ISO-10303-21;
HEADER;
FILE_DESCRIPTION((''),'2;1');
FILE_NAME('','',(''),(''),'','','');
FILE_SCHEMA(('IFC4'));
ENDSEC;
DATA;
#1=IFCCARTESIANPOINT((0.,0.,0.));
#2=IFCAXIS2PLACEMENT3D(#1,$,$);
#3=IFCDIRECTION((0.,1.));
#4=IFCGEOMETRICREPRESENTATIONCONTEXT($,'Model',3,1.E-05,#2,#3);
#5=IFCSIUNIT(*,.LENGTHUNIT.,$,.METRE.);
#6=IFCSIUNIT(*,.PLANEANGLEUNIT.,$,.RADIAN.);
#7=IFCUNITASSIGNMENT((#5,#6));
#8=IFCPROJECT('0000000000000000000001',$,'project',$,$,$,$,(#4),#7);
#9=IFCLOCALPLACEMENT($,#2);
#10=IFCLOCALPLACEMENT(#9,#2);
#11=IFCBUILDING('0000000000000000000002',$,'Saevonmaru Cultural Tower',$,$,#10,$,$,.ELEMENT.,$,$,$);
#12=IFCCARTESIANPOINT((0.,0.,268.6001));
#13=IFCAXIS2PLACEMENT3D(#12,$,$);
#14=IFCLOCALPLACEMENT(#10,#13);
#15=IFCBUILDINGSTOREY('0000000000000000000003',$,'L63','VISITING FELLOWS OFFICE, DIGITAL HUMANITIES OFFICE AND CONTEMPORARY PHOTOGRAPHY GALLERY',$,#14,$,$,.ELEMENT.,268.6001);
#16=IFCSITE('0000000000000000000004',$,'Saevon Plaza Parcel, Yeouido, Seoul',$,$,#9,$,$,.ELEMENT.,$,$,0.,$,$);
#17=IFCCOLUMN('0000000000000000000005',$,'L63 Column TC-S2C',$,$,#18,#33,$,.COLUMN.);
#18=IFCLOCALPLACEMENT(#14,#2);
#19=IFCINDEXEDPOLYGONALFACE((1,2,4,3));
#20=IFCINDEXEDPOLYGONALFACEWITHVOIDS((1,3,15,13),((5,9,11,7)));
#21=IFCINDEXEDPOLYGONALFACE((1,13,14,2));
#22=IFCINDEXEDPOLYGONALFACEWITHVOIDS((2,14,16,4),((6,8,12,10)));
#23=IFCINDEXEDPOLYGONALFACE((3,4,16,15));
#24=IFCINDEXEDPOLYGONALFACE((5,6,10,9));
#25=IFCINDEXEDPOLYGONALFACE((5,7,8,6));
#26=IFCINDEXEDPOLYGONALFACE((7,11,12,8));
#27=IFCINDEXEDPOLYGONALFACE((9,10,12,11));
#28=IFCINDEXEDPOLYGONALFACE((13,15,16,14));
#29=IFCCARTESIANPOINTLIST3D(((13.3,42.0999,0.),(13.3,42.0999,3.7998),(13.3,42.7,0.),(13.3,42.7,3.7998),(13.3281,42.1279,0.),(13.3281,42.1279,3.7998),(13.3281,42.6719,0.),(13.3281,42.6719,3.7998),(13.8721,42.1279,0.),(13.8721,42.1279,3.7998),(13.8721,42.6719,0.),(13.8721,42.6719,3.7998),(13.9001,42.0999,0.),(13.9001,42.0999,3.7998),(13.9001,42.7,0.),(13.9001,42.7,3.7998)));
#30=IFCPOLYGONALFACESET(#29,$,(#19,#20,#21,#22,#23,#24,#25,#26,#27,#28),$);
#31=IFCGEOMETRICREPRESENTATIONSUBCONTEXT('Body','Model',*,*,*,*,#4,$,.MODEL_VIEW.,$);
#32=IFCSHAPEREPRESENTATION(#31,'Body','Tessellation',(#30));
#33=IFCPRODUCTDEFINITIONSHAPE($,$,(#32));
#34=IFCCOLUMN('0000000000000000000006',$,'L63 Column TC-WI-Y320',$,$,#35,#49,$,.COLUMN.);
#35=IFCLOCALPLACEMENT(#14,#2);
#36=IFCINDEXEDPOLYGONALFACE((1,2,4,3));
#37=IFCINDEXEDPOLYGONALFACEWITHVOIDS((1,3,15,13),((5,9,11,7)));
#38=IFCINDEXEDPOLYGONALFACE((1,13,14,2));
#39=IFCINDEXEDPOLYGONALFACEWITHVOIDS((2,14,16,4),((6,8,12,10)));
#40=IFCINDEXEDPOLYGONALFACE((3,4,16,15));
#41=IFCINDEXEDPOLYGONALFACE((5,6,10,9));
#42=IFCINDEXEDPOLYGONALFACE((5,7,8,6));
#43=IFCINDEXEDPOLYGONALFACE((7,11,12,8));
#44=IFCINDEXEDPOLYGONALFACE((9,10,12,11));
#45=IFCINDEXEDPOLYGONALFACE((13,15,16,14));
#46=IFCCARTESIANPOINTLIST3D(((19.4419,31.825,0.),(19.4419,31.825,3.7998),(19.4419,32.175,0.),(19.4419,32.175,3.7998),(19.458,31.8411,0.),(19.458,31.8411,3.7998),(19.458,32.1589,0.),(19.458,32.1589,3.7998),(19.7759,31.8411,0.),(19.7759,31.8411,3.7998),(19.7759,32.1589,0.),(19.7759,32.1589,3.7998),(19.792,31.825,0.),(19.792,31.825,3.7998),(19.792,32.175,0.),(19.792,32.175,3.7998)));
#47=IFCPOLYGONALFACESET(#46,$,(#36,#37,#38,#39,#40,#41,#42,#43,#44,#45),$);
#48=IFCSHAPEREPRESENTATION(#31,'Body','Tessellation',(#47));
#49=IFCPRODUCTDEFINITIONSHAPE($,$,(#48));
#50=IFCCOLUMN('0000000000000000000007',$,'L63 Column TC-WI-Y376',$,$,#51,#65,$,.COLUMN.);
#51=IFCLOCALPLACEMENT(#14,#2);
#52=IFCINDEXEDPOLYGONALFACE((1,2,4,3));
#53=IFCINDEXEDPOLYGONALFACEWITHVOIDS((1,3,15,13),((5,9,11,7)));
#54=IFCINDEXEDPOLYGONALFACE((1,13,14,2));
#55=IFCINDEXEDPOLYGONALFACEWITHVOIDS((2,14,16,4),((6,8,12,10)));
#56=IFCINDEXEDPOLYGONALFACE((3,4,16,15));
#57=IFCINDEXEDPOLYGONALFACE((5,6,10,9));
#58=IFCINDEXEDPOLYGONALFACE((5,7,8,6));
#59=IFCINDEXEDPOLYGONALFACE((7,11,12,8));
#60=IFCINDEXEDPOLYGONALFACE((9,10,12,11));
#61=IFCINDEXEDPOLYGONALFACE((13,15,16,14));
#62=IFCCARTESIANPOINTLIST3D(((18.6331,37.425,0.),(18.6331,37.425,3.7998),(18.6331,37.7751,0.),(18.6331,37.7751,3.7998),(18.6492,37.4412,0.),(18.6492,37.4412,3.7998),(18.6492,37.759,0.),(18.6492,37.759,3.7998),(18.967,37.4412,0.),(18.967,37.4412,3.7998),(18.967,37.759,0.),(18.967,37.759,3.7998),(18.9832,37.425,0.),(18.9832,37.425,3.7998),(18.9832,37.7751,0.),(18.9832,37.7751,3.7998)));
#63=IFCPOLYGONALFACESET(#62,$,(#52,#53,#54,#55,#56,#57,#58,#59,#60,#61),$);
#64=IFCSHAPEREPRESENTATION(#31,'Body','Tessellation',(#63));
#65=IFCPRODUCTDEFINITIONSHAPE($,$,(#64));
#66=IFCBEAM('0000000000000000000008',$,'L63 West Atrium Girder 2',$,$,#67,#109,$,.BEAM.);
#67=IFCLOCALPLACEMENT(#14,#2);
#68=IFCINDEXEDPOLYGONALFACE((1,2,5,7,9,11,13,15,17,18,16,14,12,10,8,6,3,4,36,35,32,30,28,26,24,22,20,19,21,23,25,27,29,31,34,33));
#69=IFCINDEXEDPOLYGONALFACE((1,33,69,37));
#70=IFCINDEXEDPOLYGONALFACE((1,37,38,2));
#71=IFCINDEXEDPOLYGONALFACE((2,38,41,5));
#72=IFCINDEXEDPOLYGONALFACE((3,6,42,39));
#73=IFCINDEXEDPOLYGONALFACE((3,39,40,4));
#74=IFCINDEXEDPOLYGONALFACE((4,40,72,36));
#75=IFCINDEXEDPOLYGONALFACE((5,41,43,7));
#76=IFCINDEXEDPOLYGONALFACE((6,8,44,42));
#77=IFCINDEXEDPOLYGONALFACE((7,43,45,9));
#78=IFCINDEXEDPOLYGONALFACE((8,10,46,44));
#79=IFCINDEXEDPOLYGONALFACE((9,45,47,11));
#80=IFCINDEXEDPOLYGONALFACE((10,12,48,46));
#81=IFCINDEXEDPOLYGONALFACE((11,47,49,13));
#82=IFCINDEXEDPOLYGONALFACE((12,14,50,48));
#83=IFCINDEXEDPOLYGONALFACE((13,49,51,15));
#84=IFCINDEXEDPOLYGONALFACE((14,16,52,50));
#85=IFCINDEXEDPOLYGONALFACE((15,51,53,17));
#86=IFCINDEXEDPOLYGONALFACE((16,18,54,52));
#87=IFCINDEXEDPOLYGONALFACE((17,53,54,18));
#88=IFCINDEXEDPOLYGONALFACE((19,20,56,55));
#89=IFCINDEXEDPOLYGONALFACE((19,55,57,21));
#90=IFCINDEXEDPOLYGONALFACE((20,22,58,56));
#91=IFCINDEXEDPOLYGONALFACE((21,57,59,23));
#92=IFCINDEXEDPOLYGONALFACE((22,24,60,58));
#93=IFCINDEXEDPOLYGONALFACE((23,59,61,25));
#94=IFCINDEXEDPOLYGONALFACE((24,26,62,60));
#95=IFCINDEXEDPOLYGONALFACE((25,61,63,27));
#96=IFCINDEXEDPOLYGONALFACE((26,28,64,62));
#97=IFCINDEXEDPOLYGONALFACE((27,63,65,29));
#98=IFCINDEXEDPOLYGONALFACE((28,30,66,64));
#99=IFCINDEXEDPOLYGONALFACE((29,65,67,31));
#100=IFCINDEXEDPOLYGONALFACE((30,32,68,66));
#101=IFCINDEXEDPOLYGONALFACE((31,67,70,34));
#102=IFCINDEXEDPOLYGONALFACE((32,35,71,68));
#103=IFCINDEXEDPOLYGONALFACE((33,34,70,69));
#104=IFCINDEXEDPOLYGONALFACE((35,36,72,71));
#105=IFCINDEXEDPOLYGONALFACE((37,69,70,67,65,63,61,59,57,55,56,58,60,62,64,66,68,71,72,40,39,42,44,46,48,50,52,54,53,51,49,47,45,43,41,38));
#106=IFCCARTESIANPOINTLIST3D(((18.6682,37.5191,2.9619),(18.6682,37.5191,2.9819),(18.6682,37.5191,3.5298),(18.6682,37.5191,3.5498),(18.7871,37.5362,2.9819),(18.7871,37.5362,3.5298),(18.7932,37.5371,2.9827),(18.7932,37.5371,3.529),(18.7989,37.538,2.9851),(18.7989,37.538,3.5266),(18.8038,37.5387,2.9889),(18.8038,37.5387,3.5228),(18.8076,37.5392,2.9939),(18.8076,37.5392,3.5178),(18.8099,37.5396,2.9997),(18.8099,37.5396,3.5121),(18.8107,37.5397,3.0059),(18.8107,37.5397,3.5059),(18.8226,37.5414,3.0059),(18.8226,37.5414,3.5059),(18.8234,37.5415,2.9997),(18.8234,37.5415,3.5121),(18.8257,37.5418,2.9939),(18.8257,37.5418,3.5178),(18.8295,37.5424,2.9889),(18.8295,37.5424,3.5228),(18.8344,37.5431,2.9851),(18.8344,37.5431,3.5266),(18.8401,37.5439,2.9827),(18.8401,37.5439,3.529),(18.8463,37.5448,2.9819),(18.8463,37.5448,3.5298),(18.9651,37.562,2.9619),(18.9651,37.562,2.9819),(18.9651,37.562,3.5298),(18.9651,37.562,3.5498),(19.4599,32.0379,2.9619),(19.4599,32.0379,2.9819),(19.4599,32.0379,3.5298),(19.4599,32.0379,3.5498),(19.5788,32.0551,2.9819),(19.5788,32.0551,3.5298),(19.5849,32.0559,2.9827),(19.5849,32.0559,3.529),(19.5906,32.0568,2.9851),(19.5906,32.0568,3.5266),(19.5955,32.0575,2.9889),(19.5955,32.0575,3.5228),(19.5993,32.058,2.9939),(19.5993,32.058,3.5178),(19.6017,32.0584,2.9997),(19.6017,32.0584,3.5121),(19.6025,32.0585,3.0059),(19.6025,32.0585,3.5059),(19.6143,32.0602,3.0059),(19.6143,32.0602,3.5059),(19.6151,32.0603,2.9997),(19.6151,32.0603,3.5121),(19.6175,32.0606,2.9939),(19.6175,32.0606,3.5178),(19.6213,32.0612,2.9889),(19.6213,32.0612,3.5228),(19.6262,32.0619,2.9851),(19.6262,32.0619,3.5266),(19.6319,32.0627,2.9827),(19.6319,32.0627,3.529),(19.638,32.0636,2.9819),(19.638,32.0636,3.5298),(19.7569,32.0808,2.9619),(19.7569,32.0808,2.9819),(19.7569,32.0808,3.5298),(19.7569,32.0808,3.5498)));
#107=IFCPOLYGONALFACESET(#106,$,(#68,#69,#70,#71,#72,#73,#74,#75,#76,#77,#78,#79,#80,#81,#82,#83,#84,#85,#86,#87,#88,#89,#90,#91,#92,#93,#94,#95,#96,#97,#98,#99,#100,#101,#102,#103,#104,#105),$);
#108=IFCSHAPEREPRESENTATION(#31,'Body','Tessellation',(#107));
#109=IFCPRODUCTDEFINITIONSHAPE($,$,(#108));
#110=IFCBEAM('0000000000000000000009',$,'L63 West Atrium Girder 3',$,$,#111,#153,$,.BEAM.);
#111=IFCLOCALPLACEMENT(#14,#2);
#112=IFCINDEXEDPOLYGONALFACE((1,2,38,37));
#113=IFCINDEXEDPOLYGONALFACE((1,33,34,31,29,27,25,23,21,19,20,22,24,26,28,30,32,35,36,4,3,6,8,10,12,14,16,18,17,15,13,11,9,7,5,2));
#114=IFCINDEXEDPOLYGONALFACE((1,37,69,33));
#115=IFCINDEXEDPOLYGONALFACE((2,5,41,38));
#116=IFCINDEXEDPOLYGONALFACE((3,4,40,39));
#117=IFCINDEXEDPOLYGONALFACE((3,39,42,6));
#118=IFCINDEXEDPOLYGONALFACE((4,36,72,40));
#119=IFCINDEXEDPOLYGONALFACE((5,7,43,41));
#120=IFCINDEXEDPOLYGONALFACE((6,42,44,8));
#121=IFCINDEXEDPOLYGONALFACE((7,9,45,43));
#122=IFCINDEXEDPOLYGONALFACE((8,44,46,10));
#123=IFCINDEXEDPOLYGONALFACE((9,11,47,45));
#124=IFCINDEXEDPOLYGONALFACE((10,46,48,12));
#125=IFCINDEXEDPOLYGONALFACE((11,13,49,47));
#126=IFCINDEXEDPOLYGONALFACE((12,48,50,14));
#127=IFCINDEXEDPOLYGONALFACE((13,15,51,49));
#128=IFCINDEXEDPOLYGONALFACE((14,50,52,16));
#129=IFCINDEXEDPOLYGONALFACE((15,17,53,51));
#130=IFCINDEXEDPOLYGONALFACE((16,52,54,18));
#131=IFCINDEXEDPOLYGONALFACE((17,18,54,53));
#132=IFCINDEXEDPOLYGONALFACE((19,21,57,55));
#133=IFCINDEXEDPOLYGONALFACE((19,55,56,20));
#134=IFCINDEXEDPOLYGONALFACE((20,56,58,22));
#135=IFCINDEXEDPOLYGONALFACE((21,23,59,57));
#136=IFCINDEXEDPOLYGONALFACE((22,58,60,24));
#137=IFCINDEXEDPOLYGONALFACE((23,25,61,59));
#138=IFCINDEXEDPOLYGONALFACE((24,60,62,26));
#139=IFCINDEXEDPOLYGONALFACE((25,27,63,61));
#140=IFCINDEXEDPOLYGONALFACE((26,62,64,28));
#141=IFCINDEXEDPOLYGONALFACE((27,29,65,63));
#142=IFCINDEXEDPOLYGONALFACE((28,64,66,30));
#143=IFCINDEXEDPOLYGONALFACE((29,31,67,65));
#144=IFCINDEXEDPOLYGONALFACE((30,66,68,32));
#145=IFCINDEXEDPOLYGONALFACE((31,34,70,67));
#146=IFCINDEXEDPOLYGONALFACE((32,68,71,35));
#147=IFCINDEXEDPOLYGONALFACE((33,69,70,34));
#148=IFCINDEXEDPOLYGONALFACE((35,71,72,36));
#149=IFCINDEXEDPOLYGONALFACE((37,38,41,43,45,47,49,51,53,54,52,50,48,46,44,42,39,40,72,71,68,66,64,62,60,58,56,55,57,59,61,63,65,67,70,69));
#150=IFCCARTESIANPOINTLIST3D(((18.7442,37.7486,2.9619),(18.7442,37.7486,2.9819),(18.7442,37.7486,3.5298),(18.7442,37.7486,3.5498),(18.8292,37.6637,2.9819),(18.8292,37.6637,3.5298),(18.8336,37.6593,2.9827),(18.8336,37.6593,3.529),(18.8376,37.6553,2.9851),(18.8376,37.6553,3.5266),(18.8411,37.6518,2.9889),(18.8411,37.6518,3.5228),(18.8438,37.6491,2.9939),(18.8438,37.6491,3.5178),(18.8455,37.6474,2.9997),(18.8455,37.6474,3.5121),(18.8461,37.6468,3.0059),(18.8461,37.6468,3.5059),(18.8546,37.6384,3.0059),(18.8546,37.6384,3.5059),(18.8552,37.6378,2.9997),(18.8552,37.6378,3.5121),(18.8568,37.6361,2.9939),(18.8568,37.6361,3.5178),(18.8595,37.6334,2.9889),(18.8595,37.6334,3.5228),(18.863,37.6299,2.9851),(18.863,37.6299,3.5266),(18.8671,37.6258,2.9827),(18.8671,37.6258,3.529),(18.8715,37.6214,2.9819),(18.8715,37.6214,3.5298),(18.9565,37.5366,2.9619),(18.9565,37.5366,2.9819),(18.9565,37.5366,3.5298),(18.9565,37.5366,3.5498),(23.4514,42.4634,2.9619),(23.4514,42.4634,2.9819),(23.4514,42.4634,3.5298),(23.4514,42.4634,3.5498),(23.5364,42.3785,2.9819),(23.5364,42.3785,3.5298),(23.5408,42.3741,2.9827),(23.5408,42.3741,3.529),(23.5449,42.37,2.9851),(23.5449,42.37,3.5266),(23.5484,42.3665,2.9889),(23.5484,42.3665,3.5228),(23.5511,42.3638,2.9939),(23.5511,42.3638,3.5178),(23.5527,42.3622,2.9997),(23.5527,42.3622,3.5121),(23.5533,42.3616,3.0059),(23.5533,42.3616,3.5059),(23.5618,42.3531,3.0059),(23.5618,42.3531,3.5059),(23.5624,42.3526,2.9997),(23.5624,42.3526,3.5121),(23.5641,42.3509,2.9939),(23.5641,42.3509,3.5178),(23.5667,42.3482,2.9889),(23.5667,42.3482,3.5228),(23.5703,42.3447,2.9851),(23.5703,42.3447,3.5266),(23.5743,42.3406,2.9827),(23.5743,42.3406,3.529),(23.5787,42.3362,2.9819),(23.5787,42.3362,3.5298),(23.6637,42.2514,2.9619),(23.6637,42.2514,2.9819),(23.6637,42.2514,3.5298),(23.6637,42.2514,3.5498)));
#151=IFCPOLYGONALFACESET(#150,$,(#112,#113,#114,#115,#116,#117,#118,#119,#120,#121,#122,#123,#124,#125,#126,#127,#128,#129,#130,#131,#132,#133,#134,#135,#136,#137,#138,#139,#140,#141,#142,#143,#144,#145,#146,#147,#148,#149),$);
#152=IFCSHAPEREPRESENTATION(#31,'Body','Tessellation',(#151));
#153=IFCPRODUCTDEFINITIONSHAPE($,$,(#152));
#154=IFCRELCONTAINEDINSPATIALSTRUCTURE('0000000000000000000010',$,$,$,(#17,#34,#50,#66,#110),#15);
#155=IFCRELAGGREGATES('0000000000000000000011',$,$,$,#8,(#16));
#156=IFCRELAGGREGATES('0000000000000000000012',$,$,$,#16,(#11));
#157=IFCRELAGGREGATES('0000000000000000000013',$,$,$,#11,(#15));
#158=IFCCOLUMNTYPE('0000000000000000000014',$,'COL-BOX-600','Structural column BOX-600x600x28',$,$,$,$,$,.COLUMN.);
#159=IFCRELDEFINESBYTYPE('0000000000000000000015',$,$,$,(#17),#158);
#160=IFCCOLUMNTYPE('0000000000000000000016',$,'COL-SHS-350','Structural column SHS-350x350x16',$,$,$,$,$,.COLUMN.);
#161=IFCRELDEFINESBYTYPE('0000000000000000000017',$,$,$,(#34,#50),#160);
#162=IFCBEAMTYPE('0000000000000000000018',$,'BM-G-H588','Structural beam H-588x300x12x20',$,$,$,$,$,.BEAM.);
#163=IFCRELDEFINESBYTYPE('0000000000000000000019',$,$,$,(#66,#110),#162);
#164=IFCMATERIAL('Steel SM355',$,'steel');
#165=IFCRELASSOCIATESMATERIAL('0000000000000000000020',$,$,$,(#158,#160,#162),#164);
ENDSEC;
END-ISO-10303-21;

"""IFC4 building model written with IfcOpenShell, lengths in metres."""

from ifc_helpers import new_model, si_unit, direction, frame, origin, origin_2d, place, context, subcontext, project, spatial, hollow_rectangle, i_section, extrude, material, material_profile, profile_set, type_object, element, save


model = new_model("IFC4")

# Units and contexts
model_context = context("Model", 3, precision=1e-05, world=origin(), true_north=direction((0.0, 1.0)))
body_context = subcontext(model_context, "Body", "Model", "MODEL_VIEW")
ifc_project = project(units=[si_unit("LENGTHUNIT", "METRE"), si_unit("PLANEANGLEUNIT", "RADIAN")], contexts=[model_context])

# Site, building, storey
site_placement = place(None, origin())
site = spatial("IfcSite", under=ifc_project, at=site_placement, Name="Saevon Plaza Parcel, Yeouido, Seoul", CompositionType="ELEMENT", RefElevation=0.0)
building_placement = place(site_placement, origin())
building = spatial("IfcBuilding", under=site, at=building_placement, Name="Saevonmaru Cultural Tower", CompositionType="ELEMENT")
storey_placement = place(building_placement, frame((0.0, 0.0, 268.6001)))
storey = spatial("IfcBuildingStorey", under=building, at=storey_placement, Name="L63", Description="VISITING FELLOWS OFFICE, DIGITAL HUMANITIES OFFICE AND CONTEMPORARY PHOTOGRAPHY GALLERY", CompositionType="ELEMENT", Elevation=268.6001)

# Columns
ifc_material_1 = material(Name="Steel SM355", Category="steel")
ifc_material_profile_1 = material_profile(ifc_material_1, hollow_rectangle(XDim=0.6001, YDim=0.6001, WallThickness=0.0281, at=origin_2d()), Name="BOX-600x600x28")
ifc_profile_set_1 = profile_set([ifc_material_profile_1], Name="Steel SM355")
column_type_1 = type_object("IfcColumnType", Name="COL-BOX-600", Description="Structural column BOX-600x600x28", PredefinedType="COLUMN", material=ifc_profile_set_1)
column_placement = place(storey_placement, frame((13.6001, 42.3999, 0.0), z_axis=(0.0, 0.0, 1.0), x_axis=(1.0, 0.0, 0.0)))
element("IfcColumn", 1, at=column_placement, inside=storey, type_object=column_type_1, Name="L63 Column TC-S2C", PredefinedType="COLUMN", context=body_context, shape_type="SweptSolid", body=[
    extrude(hollow_rectangle(XDim=0.6001, YDim=0.6001, WallThickness=0.0281, at=origin_2d()), origin(), (0.0, 0.0, 1.0), 3.7998),
])
ifc_material_profile_2 = material_profile(ifc_material_1, hollow_rectangle(XDim=0.3501, YDim=0.3501, WallThickness=0.0161, at=origin_2d()), Name="SHS-350x350x16")
ifc_profile_set_2 = profile_set([ifc_material_profile_2], Name="Steel SM355")
column_type_2 = type_object("IfcColumnType", Name="COL-SHS-350", Description="Structural column SHS-350x350x16", PredefinedType="COLUMN", material=ifc_profile_set_2)
for number, where, z_axis, x_axis, name in (
    (2, (19.6169, 32.0, 0.0), (0.0, 0.0, 1.0), (1.0, 0.0, 0.0), "L63 Column TC-WI-Y320"),
    (3, (18.8081, 37.6001, 0.0), (0.0, 0.0, 1.0), (1.0, 0.0, 0.0), "L63 Column TC-WI-Y376"),
):
    element("IfcColumn", number, at=place(storey_placement, frame(where, z_axis=z_axis, x_axis=x_axis)), inside=storey, type_object=column_type_2, Name=name, PredefinedType="COLUMN", context=body_context, shape_type="SweptSolid", body=[
        extrude(hollow_rectangle(XDim=0.3501, YDim=0.3501, WallThickness=0.0161, at=origin_2d()), origin(), (0.0, 0.0, 1.0), 3.7998),
    ])

# Beams
ifc_material_profile_3 = material_profile(ifc_material_1, i_section(OverallWidth=0.3, OverallDepth=0.5879, WebThickness=0.012, FlangeThickness=0.02, FilletRadius=0.0239, at=origin_2d()), Name="H-588x300x12x20")
ifc_profile_set_3 = profile_set([ifc_material_profile_3], Name="Steel SM355")
beam_type = type_object("IfcBeamType", Name="BM-G-H588", Description="Structural beam H-588x300x12x20", PredefinedType="BEAM", material=ifc_profile_set_3)
beam_1_placement = place(storey_placement, frame((19.6084, 32.0593, 3.2559), z_axis=(-0.142964, 0.989728, 0.0), x_axis=(-0.989728, -0.142964, 0.0)))
element("IfcBeam", 4, at=beam_1_placement, inside=storey, type_object=beam_type, Name="L63 West Atrium Girder 2", PredefinedType="BEAM", context=body_context, shape_type="SweptSolid", body=[
    extrude(i_section(OverallWidth=0.3, OverallDepth=0.5879, WebThickness=0.012, FlangeThickness=0.02, FilletRadius=0.0239, at=origin_2d()), origin(), (0.0, 0.0, 1.0), 5.5381),
])
beam_2_placement = place(storey_placement, frame((18.8503, 37.6426, 3.2559), z_axis=(0.706539, 0.707675, 0.0), x_axis=(-0.707675, 0.706539, 0.0)))
element("IfcBeam", 5, at=beam_2_placement, inside=storey, type_object=beam_type, Name="L63 West Atrium Girder 3", PredefinedType="BEAM", context=body_context, shape_type="SweptSolid", body=[
    extrude(i_section(OverallWidth=0.3, OverallDepth=0.5879, WebThickness=0.012, FlangeThickness=0.02, FilletRadius=0.0239, at=origin_2d()), origin(), (0.0, 0.0, 1.0), 6.6624),
])

save(model, "model.ifc")
